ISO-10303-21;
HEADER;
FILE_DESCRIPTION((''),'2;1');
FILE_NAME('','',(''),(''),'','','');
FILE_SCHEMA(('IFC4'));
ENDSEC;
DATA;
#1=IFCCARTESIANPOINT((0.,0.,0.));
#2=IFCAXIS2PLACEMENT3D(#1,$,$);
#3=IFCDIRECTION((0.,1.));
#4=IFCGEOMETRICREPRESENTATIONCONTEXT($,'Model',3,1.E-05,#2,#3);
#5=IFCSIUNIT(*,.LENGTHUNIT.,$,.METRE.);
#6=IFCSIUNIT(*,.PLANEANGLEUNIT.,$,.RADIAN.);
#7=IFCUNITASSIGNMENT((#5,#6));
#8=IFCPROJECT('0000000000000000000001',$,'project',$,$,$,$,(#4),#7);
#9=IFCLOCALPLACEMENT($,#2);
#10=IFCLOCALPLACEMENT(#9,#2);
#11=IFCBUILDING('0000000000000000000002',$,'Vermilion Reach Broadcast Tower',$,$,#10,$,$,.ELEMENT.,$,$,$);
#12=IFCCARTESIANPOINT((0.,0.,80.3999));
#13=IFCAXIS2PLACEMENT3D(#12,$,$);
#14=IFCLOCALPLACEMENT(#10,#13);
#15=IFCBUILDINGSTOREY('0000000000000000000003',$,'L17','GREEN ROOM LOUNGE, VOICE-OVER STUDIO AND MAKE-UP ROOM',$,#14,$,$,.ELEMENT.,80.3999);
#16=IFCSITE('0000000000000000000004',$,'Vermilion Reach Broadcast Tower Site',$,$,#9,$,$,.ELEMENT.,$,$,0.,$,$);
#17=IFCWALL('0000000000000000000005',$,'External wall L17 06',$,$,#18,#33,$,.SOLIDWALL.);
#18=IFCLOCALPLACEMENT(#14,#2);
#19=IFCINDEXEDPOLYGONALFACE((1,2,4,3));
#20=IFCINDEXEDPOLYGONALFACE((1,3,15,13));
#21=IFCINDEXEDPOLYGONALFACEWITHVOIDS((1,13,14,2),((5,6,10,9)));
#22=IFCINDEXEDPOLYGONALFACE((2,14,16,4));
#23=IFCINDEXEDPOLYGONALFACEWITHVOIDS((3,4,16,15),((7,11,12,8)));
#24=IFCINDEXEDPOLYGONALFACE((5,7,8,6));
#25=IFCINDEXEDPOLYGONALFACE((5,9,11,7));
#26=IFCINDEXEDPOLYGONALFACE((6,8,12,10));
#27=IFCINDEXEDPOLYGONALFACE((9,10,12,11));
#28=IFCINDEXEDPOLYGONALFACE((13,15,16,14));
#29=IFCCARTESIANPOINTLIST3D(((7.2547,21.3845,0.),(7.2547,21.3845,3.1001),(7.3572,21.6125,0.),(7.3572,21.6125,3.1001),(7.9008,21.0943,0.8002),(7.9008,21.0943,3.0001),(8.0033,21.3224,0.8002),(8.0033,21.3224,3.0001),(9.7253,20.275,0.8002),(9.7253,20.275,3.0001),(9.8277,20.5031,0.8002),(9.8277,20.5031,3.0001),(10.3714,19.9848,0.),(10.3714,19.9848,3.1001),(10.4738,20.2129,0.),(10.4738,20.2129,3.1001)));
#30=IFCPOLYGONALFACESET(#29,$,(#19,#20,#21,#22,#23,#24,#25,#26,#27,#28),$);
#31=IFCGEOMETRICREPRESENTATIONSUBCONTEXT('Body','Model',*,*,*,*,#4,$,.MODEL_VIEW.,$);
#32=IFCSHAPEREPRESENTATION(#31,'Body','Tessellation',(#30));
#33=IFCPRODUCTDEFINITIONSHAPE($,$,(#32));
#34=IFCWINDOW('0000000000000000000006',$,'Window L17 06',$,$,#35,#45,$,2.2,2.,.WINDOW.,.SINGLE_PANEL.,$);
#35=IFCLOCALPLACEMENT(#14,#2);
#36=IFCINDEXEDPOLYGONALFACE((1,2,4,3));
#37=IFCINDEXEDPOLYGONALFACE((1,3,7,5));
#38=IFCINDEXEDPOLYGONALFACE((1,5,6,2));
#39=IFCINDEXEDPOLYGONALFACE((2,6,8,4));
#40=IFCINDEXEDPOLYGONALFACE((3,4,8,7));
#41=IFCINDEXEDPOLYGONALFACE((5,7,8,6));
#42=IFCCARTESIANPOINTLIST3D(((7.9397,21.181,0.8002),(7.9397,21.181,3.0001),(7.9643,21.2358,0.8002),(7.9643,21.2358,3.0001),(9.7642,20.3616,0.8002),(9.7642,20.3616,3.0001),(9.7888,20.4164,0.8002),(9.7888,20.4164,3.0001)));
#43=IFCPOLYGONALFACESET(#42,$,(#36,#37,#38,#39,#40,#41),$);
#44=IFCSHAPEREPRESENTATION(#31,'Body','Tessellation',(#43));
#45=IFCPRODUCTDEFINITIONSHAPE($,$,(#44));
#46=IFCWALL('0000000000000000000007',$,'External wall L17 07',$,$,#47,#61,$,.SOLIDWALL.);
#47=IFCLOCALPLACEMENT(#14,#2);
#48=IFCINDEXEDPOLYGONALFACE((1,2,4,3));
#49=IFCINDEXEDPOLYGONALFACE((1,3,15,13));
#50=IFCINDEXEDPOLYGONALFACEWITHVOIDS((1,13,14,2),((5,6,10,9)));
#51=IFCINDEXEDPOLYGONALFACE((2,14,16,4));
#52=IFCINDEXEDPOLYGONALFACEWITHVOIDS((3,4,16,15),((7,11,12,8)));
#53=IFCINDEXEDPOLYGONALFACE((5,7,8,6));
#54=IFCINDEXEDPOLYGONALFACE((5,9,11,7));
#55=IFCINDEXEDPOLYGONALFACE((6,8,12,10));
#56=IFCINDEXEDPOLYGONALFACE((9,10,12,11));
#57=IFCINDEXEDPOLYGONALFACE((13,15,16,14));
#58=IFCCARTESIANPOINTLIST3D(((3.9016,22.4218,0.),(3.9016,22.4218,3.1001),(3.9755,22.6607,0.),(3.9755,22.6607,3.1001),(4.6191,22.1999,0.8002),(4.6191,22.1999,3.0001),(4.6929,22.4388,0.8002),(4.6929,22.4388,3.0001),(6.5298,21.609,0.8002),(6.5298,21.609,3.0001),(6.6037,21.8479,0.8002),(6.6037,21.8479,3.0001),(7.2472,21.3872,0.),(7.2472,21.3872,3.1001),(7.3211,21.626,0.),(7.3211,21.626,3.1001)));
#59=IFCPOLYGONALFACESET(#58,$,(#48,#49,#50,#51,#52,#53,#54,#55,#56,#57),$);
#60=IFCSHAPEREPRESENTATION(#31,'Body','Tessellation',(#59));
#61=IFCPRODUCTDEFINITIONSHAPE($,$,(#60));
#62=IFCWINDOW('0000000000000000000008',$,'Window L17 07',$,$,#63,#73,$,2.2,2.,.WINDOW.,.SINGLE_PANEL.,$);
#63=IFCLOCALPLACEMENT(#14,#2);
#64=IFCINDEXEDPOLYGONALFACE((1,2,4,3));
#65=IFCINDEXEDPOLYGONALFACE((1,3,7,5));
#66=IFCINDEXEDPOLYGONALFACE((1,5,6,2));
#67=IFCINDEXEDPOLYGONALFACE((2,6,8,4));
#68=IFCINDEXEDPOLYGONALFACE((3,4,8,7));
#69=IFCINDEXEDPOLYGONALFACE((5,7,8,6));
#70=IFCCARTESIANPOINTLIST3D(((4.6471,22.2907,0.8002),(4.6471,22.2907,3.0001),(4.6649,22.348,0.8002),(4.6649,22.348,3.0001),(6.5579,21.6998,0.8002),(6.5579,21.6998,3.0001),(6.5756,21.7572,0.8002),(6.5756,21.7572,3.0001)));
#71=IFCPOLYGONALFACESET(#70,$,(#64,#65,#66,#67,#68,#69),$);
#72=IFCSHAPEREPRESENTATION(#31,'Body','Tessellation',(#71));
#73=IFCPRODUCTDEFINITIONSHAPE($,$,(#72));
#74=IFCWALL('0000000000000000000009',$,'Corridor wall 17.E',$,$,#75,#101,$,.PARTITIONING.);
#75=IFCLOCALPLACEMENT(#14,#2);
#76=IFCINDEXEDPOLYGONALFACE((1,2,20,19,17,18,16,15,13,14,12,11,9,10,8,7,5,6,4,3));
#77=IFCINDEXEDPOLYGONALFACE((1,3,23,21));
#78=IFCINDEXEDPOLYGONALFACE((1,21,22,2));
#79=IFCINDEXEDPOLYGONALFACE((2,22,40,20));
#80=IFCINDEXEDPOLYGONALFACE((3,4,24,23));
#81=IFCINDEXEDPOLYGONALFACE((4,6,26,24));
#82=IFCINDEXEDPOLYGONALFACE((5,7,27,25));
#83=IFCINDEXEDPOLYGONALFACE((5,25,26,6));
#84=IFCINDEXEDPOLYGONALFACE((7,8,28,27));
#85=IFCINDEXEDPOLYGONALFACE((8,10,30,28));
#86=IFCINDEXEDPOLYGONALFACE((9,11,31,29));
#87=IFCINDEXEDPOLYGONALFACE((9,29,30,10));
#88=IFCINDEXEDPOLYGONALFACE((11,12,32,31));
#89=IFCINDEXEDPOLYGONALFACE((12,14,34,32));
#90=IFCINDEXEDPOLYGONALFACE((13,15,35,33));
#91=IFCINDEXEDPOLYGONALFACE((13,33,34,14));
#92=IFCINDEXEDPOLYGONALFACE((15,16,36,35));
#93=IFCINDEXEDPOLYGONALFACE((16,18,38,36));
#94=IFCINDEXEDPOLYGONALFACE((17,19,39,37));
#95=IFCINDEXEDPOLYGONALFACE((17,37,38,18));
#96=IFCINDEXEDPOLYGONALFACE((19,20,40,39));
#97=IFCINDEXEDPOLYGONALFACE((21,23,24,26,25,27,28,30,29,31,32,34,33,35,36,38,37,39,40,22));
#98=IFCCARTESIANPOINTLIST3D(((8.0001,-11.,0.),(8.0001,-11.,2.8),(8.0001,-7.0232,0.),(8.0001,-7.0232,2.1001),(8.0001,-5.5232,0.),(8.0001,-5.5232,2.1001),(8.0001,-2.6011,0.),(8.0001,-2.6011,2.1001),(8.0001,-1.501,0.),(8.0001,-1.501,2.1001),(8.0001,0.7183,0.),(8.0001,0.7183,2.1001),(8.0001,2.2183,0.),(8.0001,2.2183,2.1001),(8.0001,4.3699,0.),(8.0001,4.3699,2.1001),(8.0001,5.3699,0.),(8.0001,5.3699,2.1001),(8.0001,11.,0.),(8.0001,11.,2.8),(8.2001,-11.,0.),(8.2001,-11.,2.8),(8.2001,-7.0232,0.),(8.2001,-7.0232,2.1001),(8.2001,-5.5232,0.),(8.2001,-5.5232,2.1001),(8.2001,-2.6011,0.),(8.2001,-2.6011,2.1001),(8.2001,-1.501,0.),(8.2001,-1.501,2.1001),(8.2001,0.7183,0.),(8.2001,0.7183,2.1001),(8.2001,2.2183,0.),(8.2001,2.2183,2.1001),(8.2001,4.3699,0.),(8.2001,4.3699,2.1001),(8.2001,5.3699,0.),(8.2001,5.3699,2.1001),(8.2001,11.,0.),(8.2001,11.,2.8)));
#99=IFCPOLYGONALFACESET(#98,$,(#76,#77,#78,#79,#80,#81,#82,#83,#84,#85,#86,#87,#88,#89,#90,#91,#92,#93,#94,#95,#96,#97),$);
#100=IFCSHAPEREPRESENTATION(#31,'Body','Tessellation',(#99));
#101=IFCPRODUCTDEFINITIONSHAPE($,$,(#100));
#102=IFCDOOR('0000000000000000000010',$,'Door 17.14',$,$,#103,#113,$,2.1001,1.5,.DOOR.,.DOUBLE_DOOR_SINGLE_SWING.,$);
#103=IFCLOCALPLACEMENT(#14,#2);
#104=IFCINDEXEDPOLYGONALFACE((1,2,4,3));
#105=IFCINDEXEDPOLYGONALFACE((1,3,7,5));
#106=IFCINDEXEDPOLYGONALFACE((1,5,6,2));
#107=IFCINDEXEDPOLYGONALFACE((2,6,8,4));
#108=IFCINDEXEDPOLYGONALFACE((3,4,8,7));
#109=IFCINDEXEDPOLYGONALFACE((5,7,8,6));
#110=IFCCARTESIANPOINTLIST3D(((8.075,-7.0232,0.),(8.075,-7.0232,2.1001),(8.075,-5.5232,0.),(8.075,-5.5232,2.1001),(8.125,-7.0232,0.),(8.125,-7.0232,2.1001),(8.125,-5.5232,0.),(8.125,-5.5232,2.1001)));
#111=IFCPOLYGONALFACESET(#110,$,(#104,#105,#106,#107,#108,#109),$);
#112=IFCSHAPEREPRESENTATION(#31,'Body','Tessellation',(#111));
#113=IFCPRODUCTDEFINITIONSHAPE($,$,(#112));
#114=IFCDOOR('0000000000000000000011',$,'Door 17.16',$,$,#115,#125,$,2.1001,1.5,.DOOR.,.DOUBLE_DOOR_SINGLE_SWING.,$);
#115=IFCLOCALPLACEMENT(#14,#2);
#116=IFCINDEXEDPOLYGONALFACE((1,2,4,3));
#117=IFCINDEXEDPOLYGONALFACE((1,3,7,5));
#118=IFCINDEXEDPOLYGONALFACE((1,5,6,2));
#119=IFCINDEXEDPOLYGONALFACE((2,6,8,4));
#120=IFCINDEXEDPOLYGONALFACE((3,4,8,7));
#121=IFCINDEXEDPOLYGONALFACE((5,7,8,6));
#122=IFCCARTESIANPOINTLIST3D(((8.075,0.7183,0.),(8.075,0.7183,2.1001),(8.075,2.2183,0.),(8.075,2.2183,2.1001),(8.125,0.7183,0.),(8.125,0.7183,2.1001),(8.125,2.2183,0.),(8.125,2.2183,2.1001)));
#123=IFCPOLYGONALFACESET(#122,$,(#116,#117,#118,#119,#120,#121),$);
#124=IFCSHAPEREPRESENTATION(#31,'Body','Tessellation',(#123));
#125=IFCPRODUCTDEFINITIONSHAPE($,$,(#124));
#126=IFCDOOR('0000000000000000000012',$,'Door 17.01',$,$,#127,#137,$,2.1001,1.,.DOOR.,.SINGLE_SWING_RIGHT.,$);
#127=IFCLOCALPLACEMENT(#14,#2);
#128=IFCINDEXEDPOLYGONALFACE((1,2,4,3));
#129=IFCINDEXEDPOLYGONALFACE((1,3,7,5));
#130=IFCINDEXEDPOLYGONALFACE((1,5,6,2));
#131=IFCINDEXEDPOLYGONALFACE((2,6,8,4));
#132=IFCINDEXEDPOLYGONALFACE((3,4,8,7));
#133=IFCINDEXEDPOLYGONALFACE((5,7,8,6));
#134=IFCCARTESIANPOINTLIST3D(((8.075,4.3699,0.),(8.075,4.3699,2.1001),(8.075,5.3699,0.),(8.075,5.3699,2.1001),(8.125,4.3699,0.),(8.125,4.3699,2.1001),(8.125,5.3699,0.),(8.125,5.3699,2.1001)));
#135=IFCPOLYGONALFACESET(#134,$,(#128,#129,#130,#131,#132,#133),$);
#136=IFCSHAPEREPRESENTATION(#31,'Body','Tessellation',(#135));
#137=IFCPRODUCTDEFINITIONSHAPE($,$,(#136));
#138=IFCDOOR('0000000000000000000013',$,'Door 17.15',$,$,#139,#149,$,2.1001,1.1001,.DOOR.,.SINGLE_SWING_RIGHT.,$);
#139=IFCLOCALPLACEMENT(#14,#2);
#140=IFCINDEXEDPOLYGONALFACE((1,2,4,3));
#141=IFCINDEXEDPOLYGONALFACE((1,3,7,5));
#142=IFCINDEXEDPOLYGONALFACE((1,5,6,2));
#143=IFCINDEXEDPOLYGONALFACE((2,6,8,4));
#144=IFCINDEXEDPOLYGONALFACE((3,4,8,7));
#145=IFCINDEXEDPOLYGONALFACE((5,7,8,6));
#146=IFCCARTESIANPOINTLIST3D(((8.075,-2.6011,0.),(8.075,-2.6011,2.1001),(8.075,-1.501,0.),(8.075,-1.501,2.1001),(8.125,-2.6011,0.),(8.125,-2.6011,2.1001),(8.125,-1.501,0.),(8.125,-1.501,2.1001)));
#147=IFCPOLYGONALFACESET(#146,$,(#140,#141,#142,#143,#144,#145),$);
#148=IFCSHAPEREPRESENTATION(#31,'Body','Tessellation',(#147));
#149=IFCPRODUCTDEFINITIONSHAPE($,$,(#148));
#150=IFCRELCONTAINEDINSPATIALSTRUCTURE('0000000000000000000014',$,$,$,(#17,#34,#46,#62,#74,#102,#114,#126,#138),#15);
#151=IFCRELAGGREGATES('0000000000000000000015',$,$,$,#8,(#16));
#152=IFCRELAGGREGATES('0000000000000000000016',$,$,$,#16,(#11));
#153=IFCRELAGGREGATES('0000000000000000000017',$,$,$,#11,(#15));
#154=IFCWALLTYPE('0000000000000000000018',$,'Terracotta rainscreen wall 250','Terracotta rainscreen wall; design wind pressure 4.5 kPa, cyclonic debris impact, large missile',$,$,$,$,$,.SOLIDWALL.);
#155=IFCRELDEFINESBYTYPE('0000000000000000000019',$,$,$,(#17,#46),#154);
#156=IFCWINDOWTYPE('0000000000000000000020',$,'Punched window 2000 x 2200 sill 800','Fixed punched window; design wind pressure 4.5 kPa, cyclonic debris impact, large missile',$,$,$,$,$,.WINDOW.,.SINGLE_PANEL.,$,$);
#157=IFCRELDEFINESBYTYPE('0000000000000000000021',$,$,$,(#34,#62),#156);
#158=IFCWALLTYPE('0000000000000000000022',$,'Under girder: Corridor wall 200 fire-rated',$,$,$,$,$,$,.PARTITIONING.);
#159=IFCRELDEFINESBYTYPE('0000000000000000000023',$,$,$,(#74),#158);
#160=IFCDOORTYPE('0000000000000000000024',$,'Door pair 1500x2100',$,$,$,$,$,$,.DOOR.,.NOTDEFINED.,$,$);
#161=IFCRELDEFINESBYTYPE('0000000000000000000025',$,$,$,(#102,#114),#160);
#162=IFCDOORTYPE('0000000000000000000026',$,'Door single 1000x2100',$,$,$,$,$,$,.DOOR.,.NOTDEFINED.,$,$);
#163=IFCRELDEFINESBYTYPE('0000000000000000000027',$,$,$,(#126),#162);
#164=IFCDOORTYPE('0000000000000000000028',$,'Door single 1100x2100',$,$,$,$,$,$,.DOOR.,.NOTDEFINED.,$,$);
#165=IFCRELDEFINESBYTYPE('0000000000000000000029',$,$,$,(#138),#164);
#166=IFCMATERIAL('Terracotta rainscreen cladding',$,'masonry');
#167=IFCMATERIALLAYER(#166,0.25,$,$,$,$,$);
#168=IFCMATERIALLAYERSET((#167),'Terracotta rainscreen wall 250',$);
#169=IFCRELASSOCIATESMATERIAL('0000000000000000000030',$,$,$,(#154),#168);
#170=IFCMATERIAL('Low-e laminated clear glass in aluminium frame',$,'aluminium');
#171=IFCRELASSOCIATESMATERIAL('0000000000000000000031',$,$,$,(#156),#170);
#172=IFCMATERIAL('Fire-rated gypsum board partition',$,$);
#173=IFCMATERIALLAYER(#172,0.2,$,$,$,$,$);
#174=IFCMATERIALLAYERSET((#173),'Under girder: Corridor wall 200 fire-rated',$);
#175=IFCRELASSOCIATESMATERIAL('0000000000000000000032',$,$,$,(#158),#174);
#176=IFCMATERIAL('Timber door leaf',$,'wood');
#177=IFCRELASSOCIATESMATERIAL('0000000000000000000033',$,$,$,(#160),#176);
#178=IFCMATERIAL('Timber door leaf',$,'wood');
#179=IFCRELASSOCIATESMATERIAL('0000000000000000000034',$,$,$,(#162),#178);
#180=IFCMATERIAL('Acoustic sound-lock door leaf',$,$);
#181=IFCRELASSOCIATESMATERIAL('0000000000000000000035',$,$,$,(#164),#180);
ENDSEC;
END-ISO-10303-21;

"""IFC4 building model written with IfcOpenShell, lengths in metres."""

from ifc_helpers import new_model, si_unit, direction, frame, frame_2d, origin, place, context, subcontext, project, spatial, rectangle, extrude, material, layer, layer_set, type_object, element, fill, save


model = new_model("IFC4")

# Units and contexts
model_context = context("Model", 3, precision=1e-05, world=origin(), true_north=direction((0.0, 1.0)))
body_context = subcontext(model_context, "Body", "Model", "MODEL_VIEW")
ifc_project = project(units=[si_unit("LENGTHUNIT", "METRE"), si_unit("PLANEANGLEUNIT", "RADIAN")], contexts=[model_context])

# Site, building, storey
site_placement = place(None, origin())
site = spatial("IfcSite", under=ifc_project, at=site_placement, Name="Vermilion Reach Broadcast Tower Site", CompositionType="ELEMENT", RefElevation=0.0)
building_placement = place(site_placement, origin())
building = spatial("IfcBuilding", under=site, at=building_placement, Name="Vermilion Reach Broadcast Tower", CompositionType="ELEMENT")
storey_placement = place(building_placement, frame((0.0, 0.0, 80.3999)))
storey = spatial("IfcBuildingStorey", under=building, at=storey_placement, Name="L17", Description="GREEN ROOM LOUNGE, VOICE-OVER STUDIO AND MAKE-UP ROOM", CompositionType="ELEMENT", Elevation=80.3999)

# Shared definitions
ifc_material_1 = material(Name="Terracotta rainscreen cladding", Category="masonry")
ifc_layer_1 = layer(ifc_material_1, 0.25)
ifc_layer_set_1 = layer_set([ifc_layer_1], Name="Terracotta rainscreen wall 250")
wall_type_1 = type_object("IfcWallType", Name="Terracotta rainscreen wall 250", Description="Terracotta rainscreen wall; design wind pressure 4.5 kPa, cyclonic debris impact, large missile", PredefinedType="SOLIDWALL", material=ifc_layer_set_1)

# Walls, openings, windows
ifc_material_2 = material(Name="Low-e laminated clear glass in aluminium frame", Category="aluminium")
window_type = type_object("IfcWindowType", Name="Punched window 2000 x 2200 sill 800", Description="Fixed punched window; design wind pressure 4.5 kPa, cyclonic debris impact, large missile", PartitioningType="SINGLE_PANEL", PredefinedType="WINDOW", material=ifc_material_2)
wall_1_placement = place(storey_placement, frame((10.4226, 20.0989, 0.0), z_axis=(0.0, 0.0, 1.0), x_axis=(-0.912234, 0.409669, 0.0)))
wall_1 = element("IfcWall", 1, at=wall_1_placement, inside=storey, type_object=wall_type_1, Name="External wall L17 06", PredefinedType="SOLIDWALL", context=body_context, shape_type="SweptSolid", body=[
    extrude(rectangle(XDim=3.4165, YDim=0.25, at=frame_2d((1.7083, 0.0))), origin(), (0.0, 0.0, 1.0), 3.1001),
])
opening_1_placement = place(wall_1_placement, frame((0.7083, 0.0, 0.8)))
opening_1 = element("IfcOpeningElement", 2, at=opening_1_placement, cuts=wall_1, PredefinedType="OPENING", context=body_context, shape_type="SweptSolid", body=[
    extrude(rectangle(XDim=2.0, YDim=2.2, at=frame_2d((1.0, 1.1001))), frame((0.0, 0.135, 0.0), z_axis=(0.0, -1.0, 0.0), x_axis=(1.0, 0.0, 0.0)), (0.0, 0.0, 1.0), 0.27),
])
window_1_placement = place(opening_1_placement, origin())
window_1 = element("IfcWindow", 3, at=window_1_placement, inside=storey, type_object=window_type, Name="Window L17 06", OverallHeight=2.2, OverallWidth=2.0, PartitioningType="SINGLE_PANEL", PredefinedType="WINDOW", context=body_context, shape_type="SweptSolid", body=[
    extrude(rectangle(XDim=2.0, YDim=2.2, at=frame_2d((1.0, 1.1001))), frame((0.0, 0.03, 0.0), z_axis=(0.0, -1.0, 0.0), x_axis=(1.0, 0.0, 0.0)), (0.0, 0.0, 1.0), 0.0601),
])
fill(opening_1, window_1)
wall_2_placement = place(storey_placement, frame((7.2842, 21.5066, 0.0), z_axis=(0.0, 0.0, 1.0), x_axis=(-0.955359, 0.295447, 0.0)))
wall_2 = element("IfcWall", 4, at=wall_2_placement, inside=storey, type_object=wall_type_1, Name="External wall L17 07", PredefinedType="SOLIDWALL", context=body_context, shape_type="SweptSolid", body=[
    extrude(rectangle(XDim=3.502, YDim=0.25, at=frame_2d((1.751, 0.0))), origin(), (0.0, 0.0, 1.0), 3.1001),
])
opening_2_placement = place(wall_2_placement, frame((0.751, 0.0, 0.8)))
opening_2 = element("IfcOpeningElement", 5, at=opening_2_placement, cuts=wall_2, PredefinedType="OPENING", context=body_context, shape_type="SweptSolid", body=[
    extrude(rectangle(XDim=2.0, YDim=2.2, at=frame_2d((1.0, 1.1001))), frame((0.0, 0.135, 0.0), z_axis=(0.0, -1.0, 0.0), x_axis=(1.0, 0.0, 0.0)), (0.0, 0.0, 1.0), 0.27),
])
window_2_placement = place(opening_2_placement, origin())
window_2 = element("IfcWindow", 6, at=window_2_placement, inside=storey, type_object=window_type, Name="Window L17 07", OverallHeight=2.2, OverallWidth=2.0, PartitioningType="SINGLE_PANEL", PredefinedType="WINDOW", context=body_context, shape_type="SweptSolid", body=[
    extrude(rectangle(XDim=2.0, YDim=2.2, at=frame_2d((1.0, 1.1001))), frame((0.0, 0.03, 0.0), z_axis=(0.0, -1.0, 0.0), x_axis=(1.0, 0.0, 0.0)), (0.0, 0.0, 1.0), 0.0601),
])
fill(opening_2, window_2)

# Wall, openings, doors
ifc_material_3 = material(Name="Fire-rated gypsum board partition")
ifc_layer_2 = layer(ifc_material_3, 0.2)
ifc_layer_set_2 = layer_set([ifc_layer_2], Name="Under girder: Corridor wall 200 fire-rated")
wall_type_2 = type_object("IfcWallType", Name="Under girder: Corridor wall 200 fire-rated", PredefinedType="PARTITIONING", material=ifc_layer_set_2)
wall_3_placement = place(storey_placement, frame((8.1001, 11.0, 0.0), z_axis=(0.0, 0.0, 1.0), x_axis=(0.0, -1.0, 0.0)))
wall_3 = element("IfcWall", 7, at=wall_3_placement, inside=storey, type_object=wall_type_2, Name="Corridor wall 17.E", PredefinedType="PARTITIONING", context=body_context, shape_type="SweptSolid", body=[
    extrude(rectangle(XDim=22.0, YDim=0.2, at=frame_2d((11.0, 0.0))), origin(), (0.0, 0.0, 1.0), 2.8),
])
opening_3_placement = place(wall_3_placement, frame((5.6301, 0.0, 0.0)))
opening_3 = element("IfcOpeningElement", 8, at=opening_3_placement, cuts=wall_3, PredefinedType="OPENING", context=body_context, shape_type="SweptSolid", body=[
    extrude(rectangle(XDim=1.0, YDim=2.1001, at=frame_2d((0.5, 1.05))), frame((0.0, 0.1099, 0.0), z_axis=(0.0, -1.0, 0.0), x_axis=(1.0, 0.0, 0.0)), (0.0, 0.0, 1.0), 0.22),
])
opening_4_placement = place(wall_3_placement, frame((16.5232, 0.0, 0.0)))
opening_4 = element("IfcOpeningElement", 9, at=opening_4_placement, cuts=wall_3, PredefinedType="OPENING", context=body_context, shape_type="SweptSolid", body=[
    extrude(rectangle(XDim=1.5, YDim=2.1001, at=frame_2d((0.75, 1.05))), frame((0.0, 0.1099, 0.0), z_axis=(0.0, -1.0, 0.0), x_axis=(1.0, 0.0, 0.0)), (0.0, 0.0, 1.0), 0.22),
])
opening_5_placement = place(wall_3_placement, frame((12.501, 0.0, 0.0)))
opening_5 = element("IfcOpeningElement", 10, at=opening_5_placement, cuts=wall_3, PredefinedType="OPENING", context=body_context, shape_type="SweptSolid", body=[
    extrude(rectangle(XDim=1.1001, YDim=2.1001, at=frame_2d((0.55, 1.05))), frame((0.0, 0.1099, 0.0), z_axis=(0.0, -1.0, 0.0), x_axis=(1.0, 0.0, 0.0)), (0.0, 0.0, 1.0), 0.22),
])
opening_6_placement = place(wall_3_placement, frame((8.7817, 0.0, 0.0)))
opening_6 = element("IfcOpeningElement", 11, at=opening_6_placement, cuts=wall_3, PredefinedType="OPENING", context=body_context, shape_type="SweptSolid", body=[
    extrude(rectangle(XDim=1.5, YDim=2.1001, at=frame_2d((0.75, 1.05))), frame((0.0, 0.1099, 0.0), z_axis=(0.0, -1.0, 0.0), x_axis=(1.0, 0.0, 0.0)), (0.0, 0.0, 1.0), 0.22),
])
ifc_material_4 = material(Name="Timber door leaf", Category="wood")
door_type_1 = type_object("IfcDoorType", Name="Door pair 1500x2100", OperationType="NOTDEFINED", PredefinedType="DOOR", material=ifc_material_4)
door_1_placement = place(opening_4_placement, origin())
door_1 = element("IfcDoor", 12, at=door_1_placement, inside=storey, type_object=door_type_1, Name="Door 17.14", OperationType="DOUBLE_DOOR_SINGLE_SWING", OverallHeight=2.1001, OverallWidth=1.5, PredefinedType="DOOR", context=body_context, shape_type="SweptSolid", body=[
    extrude(rectangle(XDim=1.5, YDim=2.1001, at=frame_2d((0.75, 1.05))), frame((0.0, 0.0249, 0.0), z_axis=(0.0, -1.0, 0.0), x_axis=(1.0, 0.0, 0.0)), (0.0, 0.0, 1.0), 0.05),
])
fill(opening_4, door_1)
door_2_placement = place(opening_6_placement, origin())
door_2 = element("IfcDoor", 13, at=door_2_placement, inside=storey, type_object=door_type_1, Name="Door 17.16", OperationType="DOUBLE_DOOR_SINGLE_SWING", OverallHeight=2.1001, OverallWidth=1.5, PredefinedType="DOOR", context=body_context, shape_type="SweptSolid", body=[
    extrude(rectangle(XDim=1.5, YDim=2.1001, at=frame_2d((0.75, 1.05))), frame((0.0, 0.0249, 0.0), z_axis=(0.0, -1.0, 0.0), x_axis=(1.0, 0.0, 0.0)), (0.0, 0.0, 1.0), 0.05),
])
fill(opening_6, door_2)
ifc_material_5 = material(Name="Timber door leaf", Category="wood")
door_type_2 = type_object("IfcDoorType", Name="Door single 1000x2100", OperationType="NOTDEFINED", PredefinedType="DOOR", material=ifc_material_5)
door_3_placement = place(opening_3_placement, origin())
door_3 = element("IfcDoor", 14, at=door_3_placement, inside=storey, type_object=door_type_2, Name="Door 17.01", OperationType="SINGLE_SWING_RIGHT", OverallHeight=2.1001, OverallWidth=1.0, PredefinedType="DOOR", context=body_context, shape_type="SweptSolid", body=[
    extrude(rectangle(XDim=1.0, YDim=2.1001, at=frame_2d((0.5, 1.05))), frame((0.0, 0.0249, 0.0), z_axis=(0.0, -1.0, 0.0), x_axis=(1.0, 0.0, 0.0)), (0.0, 0.0, 1.0), 0.05),
])
fill(opening_3, door_3)
ifc_material_6 = material(Name="Acoustic sound-lock door leaf")
door_type_3 = type_object("IfcDoorType", Name="Door single 1100x2100", OperationType="NOTDEFINED", PredefinedType="DOOR", material=ifc_material_6)
door_4_placement = place(opening_5_placement, origin())
door_4 = element("IfcDoor", 15, at=door_4_placement, inside=storey, type_object=door_type_3, Name="Door 17.15", OperationType="SINGLE_SWING_RIGHT", OverallHeight=2.1001, OverallWidth=1.1001, PredefinedType="DOOR", context=body_context, shape_type="SweptSolid", body=[
    extrude(rectangle(XDim=1.1001, YDim=2.1001, at=frame_2d((0.55, 1.05))), frame((0.0, 0.0249, 0.0), z_axis=(0.0, -1.0, 0.0), x_axis=(1.0, 0.0, 0.0)), (0.0, 0.0, 1.0), 0.05),
])
fill(opening_5, door_4)

save(model, "model.ifc")
